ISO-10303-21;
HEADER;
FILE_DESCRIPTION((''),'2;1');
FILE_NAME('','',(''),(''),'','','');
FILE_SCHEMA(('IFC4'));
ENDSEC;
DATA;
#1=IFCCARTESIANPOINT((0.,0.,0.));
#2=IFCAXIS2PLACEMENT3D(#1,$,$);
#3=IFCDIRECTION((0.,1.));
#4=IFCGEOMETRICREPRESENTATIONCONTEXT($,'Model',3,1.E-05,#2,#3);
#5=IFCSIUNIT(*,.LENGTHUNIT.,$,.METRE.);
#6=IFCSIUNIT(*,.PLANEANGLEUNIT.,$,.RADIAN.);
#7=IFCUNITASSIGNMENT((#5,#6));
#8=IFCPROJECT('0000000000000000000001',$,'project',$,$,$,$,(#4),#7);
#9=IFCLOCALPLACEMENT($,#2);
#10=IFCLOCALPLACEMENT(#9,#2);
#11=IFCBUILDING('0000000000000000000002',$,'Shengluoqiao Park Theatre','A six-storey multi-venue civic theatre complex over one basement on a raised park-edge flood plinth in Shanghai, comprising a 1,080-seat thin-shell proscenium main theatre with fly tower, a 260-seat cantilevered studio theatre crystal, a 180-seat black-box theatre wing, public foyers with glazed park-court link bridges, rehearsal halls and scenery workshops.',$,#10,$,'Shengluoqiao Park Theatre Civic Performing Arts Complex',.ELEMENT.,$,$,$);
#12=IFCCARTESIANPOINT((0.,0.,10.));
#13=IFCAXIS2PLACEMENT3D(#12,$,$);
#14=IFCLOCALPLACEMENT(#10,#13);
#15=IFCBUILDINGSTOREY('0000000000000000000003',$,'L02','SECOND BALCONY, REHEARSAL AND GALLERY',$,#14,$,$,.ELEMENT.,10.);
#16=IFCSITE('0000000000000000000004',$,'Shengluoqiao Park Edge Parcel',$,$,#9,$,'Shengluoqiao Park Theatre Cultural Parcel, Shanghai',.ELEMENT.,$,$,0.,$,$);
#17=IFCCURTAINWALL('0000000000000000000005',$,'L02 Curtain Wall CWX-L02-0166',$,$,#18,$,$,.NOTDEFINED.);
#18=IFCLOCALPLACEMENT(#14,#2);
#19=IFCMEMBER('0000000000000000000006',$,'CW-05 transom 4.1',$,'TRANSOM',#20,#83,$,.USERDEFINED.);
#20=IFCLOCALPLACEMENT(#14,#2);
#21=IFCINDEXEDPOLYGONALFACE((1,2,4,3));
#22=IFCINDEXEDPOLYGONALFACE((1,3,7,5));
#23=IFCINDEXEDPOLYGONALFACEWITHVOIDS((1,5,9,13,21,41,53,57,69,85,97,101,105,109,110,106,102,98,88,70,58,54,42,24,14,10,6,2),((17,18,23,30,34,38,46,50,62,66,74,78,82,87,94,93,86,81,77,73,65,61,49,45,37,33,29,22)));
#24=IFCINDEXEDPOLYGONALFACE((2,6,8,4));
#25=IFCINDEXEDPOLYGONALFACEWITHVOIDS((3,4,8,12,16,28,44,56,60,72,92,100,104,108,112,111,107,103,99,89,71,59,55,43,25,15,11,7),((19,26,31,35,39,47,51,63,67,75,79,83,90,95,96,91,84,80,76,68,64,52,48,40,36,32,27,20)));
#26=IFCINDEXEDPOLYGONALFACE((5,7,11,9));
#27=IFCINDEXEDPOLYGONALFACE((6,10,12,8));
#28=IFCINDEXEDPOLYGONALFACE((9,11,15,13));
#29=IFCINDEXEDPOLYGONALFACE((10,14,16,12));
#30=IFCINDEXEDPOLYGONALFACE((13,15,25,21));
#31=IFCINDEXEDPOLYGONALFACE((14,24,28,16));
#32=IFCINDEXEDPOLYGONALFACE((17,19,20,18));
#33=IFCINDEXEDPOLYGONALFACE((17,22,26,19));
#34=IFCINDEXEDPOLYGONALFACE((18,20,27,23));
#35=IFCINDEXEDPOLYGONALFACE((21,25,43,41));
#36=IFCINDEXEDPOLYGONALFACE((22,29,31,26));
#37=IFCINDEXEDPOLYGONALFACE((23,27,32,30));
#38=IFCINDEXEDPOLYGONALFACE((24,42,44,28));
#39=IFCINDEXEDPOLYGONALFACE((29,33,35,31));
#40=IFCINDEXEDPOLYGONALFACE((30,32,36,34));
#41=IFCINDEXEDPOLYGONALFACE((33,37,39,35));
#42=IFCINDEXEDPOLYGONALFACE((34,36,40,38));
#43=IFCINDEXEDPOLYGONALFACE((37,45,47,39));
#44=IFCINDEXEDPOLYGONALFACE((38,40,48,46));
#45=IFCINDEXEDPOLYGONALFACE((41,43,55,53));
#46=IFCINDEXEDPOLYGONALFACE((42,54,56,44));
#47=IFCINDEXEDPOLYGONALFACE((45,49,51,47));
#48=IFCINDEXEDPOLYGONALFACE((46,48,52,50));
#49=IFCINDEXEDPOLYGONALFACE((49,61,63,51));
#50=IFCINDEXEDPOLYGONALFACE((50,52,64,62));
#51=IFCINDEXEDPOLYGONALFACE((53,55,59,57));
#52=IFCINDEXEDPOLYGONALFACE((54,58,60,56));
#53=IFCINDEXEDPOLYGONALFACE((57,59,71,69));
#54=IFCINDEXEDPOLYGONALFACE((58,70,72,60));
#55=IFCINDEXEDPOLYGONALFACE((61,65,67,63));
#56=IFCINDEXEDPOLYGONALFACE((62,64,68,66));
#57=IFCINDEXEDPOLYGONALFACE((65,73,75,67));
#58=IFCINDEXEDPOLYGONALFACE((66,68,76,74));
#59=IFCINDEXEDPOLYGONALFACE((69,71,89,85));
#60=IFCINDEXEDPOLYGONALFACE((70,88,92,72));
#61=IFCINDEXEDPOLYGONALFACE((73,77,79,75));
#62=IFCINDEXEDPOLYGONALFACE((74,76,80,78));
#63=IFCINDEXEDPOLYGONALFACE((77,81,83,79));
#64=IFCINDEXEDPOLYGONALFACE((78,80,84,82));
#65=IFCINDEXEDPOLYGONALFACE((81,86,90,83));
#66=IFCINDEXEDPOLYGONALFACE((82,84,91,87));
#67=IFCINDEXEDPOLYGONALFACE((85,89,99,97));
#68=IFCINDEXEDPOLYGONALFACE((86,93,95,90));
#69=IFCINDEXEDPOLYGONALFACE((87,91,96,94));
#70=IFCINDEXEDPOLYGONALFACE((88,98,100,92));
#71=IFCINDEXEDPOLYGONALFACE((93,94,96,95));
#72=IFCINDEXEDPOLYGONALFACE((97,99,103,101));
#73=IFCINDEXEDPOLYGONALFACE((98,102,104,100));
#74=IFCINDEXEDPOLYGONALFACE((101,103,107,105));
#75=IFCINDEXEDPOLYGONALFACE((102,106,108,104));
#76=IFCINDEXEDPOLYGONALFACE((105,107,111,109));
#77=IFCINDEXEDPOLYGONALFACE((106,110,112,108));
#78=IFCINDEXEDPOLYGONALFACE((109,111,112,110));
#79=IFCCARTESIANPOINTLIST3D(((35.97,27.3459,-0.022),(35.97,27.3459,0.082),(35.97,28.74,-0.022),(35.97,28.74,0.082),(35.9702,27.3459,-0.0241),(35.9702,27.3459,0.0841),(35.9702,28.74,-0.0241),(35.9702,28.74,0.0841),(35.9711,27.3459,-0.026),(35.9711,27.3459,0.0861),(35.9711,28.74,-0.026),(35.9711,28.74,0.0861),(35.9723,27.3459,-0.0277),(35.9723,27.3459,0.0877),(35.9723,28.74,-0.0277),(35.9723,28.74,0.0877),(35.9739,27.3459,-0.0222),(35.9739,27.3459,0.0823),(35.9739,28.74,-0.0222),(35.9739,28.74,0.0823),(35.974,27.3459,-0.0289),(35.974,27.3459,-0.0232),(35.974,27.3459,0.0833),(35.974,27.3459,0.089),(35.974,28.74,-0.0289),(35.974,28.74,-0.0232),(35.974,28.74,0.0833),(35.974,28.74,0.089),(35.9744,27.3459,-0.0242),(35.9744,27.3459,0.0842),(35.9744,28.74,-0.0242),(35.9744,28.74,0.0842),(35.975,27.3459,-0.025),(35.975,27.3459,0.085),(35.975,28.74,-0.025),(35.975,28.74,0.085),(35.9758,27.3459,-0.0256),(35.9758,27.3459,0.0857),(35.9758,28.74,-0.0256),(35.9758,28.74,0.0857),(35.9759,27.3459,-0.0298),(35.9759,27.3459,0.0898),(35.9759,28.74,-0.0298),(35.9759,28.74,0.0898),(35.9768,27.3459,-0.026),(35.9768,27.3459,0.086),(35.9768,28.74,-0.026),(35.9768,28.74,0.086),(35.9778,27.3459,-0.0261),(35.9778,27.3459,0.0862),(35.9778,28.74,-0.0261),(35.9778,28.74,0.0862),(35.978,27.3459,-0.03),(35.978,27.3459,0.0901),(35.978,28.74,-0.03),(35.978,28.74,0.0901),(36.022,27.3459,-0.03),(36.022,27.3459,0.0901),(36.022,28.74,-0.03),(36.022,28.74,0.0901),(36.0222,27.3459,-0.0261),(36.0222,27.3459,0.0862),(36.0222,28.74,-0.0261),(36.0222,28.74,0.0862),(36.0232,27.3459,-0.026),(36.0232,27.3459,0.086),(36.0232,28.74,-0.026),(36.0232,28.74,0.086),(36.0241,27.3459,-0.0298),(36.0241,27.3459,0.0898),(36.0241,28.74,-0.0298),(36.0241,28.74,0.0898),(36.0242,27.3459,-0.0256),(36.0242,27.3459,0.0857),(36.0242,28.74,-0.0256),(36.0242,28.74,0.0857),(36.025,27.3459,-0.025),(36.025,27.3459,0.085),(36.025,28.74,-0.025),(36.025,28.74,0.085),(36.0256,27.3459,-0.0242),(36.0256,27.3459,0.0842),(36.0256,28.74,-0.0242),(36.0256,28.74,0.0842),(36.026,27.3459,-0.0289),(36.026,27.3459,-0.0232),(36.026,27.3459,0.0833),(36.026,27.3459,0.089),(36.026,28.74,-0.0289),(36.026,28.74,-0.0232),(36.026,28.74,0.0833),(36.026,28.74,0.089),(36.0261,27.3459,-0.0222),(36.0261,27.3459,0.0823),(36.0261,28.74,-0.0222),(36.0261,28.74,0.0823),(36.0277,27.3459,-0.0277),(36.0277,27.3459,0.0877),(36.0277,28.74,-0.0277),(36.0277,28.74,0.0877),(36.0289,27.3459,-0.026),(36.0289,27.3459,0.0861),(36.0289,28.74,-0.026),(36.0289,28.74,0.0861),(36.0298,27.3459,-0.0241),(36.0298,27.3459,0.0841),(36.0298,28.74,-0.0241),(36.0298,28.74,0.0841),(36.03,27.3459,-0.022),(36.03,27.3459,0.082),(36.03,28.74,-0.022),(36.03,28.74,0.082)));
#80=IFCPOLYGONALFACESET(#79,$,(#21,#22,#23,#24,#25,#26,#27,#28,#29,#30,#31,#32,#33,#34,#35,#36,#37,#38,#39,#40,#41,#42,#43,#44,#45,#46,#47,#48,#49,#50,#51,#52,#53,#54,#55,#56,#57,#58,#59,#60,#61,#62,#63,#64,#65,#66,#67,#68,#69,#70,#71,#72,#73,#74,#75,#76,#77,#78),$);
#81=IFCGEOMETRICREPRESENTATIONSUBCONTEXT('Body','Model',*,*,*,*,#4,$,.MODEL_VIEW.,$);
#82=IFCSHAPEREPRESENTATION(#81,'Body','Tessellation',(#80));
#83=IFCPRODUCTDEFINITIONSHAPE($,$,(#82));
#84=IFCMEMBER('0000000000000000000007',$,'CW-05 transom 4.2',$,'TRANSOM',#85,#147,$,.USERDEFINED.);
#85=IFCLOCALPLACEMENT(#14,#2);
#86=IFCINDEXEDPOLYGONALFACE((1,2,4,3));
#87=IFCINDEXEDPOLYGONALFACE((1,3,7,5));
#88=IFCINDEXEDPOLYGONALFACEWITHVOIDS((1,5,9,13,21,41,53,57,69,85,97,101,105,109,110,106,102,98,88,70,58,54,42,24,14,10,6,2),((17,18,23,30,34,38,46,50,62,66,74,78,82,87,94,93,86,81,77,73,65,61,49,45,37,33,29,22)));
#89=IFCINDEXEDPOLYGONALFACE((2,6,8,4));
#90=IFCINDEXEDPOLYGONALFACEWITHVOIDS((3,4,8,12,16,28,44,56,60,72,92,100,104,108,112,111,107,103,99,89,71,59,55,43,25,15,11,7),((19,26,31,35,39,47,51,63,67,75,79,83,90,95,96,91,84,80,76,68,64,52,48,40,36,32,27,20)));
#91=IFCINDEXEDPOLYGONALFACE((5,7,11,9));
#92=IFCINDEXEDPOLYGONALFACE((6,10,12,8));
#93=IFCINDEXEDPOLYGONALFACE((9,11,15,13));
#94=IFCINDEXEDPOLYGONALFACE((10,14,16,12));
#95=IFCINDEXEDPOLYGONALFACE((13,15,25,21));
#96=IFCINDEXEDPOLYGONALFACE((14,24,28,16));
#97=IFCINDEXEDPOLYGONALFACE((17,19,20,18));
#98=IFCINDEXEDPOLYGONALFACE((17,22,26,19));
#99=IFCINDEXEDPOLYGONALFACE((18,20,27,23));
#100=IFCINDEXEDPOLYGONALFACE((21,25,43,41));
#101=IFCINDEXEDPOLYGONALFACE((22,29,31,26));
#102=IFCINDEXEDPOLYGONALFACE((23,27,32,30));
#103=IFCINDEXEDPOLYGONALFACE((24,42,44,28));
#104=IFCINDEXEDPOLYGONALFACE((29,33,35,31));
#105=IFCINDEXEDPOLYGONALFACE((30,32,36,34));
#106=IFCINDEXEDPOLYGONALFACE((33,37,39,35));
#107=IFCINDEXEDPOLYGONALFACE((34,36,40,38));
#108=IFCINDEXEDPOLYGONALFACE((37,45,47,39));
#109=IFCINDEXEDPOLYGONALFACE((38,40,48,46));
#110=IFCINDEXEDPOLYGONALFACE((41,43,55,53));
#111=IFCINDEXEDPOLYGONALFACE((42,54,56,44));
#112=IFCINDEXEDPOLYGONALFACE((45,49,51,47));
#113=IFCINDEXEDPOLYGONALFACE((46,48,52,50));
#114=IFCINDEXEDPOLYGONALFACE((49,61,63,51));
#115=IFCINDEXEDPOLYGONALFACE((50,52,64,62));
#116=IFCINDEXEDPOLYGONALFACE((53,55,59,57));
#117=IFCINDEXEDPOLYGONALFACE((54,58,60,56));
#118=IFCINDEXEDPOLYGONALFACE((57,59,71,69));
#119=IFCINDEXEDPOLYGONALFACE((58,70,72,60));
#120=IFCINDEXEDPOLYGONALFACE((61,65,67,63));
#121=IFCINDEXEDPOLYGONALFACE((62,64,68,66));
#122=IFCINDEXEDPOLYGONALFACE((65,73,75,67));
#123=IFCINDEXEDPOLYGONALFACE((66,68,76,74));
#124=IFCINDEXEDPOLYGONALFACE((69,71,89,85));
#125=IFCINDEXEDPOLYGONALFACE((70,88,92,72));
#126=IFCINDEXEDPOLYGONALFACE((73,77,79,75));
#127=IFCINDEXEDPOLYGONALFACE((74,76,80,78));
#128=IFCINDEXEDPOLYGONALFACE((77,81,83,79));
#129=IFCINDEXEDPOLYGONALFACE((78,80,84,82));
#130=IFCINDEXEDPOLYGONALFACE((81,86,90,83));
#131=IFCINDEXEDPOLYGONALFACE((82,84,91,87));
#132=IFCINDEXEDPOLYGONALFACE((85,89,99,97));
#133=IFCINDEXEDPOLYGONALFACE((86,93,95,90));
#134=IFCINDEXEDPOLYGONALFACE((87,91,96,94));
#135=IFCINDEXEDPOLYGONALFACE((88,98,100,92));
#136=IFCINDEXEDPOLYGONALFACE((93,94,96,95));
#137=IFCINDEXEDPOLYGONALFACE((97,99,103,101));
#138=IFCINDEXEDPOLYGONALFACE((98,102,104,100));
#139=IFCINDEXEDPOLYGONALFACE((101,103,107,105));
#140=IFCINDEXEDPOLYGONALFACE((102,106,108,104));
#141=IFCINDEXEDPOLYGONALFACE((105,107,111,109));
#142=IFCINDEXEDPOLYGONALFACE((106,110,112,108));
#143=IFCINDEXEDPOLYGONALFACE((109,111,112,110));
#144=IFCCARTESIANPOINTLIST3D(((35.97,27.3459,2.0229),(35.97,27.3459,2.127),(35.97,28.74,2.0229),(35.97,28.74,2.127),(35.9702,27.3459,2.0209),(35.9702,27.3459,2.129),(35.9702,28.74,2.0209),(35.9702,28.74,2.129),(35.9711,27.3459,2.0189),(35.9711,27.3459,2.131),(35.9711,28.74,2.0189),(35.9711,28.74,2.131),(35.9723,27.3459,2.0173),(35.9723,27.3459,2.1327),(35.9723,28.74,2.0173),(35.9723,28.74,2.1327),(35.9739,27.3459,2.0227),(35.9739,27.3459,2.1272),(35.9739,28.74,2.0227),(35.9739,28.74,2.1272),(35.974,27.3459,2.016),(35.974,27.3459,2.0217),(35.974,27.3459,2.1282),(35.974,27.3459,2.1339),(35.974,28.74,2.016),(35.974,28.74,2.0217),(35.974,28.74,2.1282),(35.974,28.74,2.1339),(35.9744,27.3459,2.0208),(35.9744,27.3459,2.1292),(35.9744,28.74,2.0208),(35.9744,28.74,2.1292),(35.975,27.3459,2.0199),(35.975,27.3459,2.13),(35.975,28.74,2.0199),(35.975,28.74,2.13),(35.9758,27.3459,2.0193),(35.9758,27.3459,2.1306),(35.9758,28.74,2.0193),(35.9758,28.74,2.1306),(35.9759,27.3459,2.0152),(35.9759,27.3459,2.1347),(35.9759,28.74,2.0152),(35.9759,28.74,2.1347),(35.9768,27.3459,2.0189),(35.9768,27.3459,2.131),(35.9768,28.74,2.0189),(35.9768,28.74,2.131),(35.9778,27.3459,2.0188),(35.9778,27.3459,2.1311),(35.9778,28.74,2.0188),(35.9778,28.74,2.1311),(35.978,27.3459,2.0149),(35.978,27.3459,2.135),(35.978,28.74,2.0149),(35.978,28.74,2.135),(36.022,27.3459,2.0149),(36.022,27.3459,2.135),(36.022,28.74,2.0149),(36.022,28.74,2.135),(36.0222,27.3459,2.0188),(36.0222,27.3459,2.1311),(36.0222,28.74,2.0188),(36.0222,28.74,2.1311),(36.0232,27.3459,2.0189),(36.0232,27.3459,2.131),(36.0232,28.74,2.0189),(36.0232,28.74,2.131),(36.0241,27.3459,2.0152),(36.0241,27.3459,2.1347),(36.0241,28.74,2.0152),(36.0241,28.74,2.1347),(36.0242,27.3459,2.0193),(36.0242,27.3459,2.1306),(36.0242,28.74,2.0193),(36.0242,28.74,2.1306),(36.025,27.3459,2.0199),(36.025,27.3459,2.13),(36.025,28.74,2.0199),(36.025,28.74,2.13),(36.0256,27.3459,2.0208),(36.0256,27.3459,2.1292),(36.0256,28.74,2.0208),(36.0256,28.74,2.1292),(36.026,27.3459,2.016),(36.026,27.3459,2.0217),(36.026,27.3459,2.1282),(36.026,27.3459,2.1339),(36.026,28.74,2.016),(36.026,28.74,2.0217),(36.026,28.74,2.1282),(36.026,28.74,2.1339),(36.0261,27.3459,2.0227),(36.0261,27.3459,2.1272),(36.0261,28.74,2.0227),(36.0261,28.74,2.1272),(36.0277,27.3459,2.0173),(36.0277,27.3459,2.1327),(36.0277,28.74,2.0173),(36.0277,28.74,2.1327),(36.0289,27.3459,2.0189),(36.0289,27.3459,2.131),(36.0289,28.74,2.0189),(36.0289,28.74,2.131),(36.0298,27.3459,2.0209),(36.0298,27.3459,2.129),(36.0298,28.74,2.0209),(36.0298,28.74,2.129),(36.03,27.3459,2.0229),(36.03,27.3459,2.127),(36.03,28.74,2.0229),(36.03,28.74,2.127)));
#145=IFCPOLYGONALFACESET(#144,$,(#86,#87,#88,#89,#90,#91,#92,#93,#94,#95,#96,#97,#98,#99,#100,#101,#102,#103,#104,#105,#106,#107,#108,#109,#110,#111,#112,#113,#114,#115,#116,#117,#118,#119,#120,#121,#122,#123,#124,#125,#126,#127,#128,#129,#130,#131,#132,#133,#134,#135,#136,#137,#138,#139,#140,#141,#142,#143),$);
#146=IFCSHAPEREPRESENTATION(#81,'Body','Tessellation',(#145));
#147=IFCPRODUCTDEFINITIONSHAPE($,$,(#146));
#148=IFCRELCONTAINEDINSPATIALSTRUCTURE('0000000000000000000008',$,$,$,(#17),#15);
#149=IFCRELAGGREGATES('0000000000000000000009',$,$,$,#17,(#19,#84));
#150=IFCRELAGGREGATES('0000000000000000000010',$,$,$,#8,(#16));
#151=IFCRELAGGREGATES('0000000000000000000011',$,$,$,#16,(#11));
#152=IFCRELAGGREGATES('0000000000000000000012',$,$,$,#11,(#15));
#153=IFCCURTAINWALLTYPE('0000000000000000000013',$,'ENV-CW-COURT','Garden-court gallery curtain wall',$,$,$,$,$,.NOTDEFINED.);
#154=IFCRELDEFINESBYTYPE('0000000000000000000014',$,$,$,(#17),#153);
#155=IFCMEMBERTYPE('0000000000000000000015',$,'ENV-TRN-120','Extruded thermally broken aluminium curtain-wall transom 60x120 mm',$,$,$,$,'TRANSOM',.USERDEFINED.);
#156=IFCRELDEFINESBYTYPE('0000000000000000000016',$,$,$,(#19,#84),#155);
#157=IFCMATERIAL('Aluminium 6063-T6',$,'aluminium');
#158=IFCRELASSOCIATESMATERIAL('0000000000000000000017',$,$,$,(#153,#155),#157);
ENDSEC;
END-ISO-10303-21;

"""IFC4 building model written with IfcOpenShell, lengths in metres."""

from ifc_helpers import new_model, si_unit, direction, frame, origin, origin_2d, place, context, subcontext, project, spatial, hollow_rectangle, extrude, material, material_profile, profile_set, type_object, element, aggregate, save


model = new_model("IFC4")

# Units and contexts
model_context = context("Model", 3, precision=1e-05, world=origin(), true_north=direction((0.0, 1.0)))
body_context = subcontext(model_context, "Body", "Model", "MODEL_VIEW")
ifc_project = project(units=[si_unit("LENGTHUNIT", "METRE"), si_unit("PLANEANGLEUNIT", "RADIAN")], contexts=[model_context])

# Site, building, storey
site_placement = place(None, origin())
site = spatial("IfcSite", under=ifc_project, at=site_placement, Name="Shengluoqiao Park Edge Parcel", LongName="Shengluoqiao Park Theatre Cultural Parcel, Shanghai", CompositionType="ELEMENT", RefElevation=0.0)
building_placement = place(site_placement, origin())
building = spatial("IfcBuilding", under=site, at=building_placement, Name="Shengluoqiao Park Theatre", Description="A six-storey multi-venue civic theatre complex over one basement on a raised park-edge flood plinth in Shanghai, comprising a 1,080-seat thin-shell proscenium main theatre with fly tower, a 260-seat cantilevered studio theatre crystal, a 180-seat black-box theatre wing, public foyers with glazed park-court link bridges, rehearsal halls and scenery workshops.", LongName="Shengluoqiao Park Theatre Civic Performing Arts Complex", CompositionType="ELEMENT")
storey_placement = place(building_placement, frame((0.0, 0.0, 10.0)))
storey = spatial("IfcBuildingStorey", under=building, at=storey_placement, Name="L02", Description="SECOND BALCONY, REHEARSAL AND GALLERY", CompositionType="ELEMENT", Elevation=10.0)

# Curtain wall
ifc_material_1 = material(Name="Aluminium 6063-T6", Category="aluminium")
curtain_wall_type = type_object("IfcCurtainWallType", Name="ENV-CW-COURT", Description="Garden-court gallery curtain wall", PredefinedType="NOTDEFINED", material=ifc_material_1)
curtain_wall_1_placement = place(storey_placement, origin())
curtain_wall_1 = element("IfcCurtainWall", 1, at=curtain_wall_1_placement, inside=storey, type_object=curtain_wall_type, Name="L02 Curtain Wall CWX-L02-0166", PredefinedType="NOTDEFINED")

# Members
ifc_material_profile_1 = material_profile(ifc_material_1, hollow_rectangle(XDim=0.0601, YDim=0.1201, WallThickness=0.0039, InnerFilletRadius=0.0039, OuterFilletRadius=0.0081, at=origin_2d()), Name="ALU TRANSOM 120x60x4")
ifc_profile_set_1 = profile_set([ifc_material_profile_1], Name="Aluminium 6063-T6")
member_type_1 = type_object("IfcMemberType", Name="ENV-TRN-120", Description="Extruded thermally broken aluminium curtain-wall transom 60x120 mm", ElementType="TRANSOM", PredefinedType="USERDEFINED", material=ifc_profile_set_1)
member_1_placement = place(storey_placement, frame((36.0, 27.3459, 0.03), z_axis=(0.0, 1.0, 0.0), x_axis=(-1.0, 0.0, 0.0)))
member_1 = element("IfcMember", 2, at=member_1_placement, type_object=member_type_1, Name="CW-05 transom 4.1", ObjectType="TRANSOM", PredefinedType="USERDEFINED", context=body_context, shape_type="SweptSolid", body=[
    extrude(hollow_rectangle(XDim=0.0601, YDim=0.1201, WallThickness=0.0039, InnerFilletRadius=0.0039, OuterFilletRadius=0.0081, at=origin_2d()), origin(), (0.0, 0.0, 1.0), 1.394),
])
member_2_placement = place(storey_placement, frame((36.0, 27.3459, 2.075), z_axis=(0.0, 1.0, 0.0), x_axis=(-1.0, 0.0, 0.0)))
member_2 = element("IfcMember", 3, at=member_2_placement, type_object=member_type_1, Name="CW-05 transom 4.2", ObjectType="TRANSOM", PredefinedType="USERDEFINED", context=body_context, shape_type="SweptSolid", body=[
    extrude(hollow_rectangle(XDim=0.0601, YDim=0.1201, WallThickness=0.0039, InnerFilletRadius=0.0039, OuterFilletRadius=0.0081, at=origin_2d()), origin(), (0.0, 0.0, 1.0), 1.394),
])

aggregate(curtain_wall_1, [member_1, member_2])

save(model, "model.ifc")
